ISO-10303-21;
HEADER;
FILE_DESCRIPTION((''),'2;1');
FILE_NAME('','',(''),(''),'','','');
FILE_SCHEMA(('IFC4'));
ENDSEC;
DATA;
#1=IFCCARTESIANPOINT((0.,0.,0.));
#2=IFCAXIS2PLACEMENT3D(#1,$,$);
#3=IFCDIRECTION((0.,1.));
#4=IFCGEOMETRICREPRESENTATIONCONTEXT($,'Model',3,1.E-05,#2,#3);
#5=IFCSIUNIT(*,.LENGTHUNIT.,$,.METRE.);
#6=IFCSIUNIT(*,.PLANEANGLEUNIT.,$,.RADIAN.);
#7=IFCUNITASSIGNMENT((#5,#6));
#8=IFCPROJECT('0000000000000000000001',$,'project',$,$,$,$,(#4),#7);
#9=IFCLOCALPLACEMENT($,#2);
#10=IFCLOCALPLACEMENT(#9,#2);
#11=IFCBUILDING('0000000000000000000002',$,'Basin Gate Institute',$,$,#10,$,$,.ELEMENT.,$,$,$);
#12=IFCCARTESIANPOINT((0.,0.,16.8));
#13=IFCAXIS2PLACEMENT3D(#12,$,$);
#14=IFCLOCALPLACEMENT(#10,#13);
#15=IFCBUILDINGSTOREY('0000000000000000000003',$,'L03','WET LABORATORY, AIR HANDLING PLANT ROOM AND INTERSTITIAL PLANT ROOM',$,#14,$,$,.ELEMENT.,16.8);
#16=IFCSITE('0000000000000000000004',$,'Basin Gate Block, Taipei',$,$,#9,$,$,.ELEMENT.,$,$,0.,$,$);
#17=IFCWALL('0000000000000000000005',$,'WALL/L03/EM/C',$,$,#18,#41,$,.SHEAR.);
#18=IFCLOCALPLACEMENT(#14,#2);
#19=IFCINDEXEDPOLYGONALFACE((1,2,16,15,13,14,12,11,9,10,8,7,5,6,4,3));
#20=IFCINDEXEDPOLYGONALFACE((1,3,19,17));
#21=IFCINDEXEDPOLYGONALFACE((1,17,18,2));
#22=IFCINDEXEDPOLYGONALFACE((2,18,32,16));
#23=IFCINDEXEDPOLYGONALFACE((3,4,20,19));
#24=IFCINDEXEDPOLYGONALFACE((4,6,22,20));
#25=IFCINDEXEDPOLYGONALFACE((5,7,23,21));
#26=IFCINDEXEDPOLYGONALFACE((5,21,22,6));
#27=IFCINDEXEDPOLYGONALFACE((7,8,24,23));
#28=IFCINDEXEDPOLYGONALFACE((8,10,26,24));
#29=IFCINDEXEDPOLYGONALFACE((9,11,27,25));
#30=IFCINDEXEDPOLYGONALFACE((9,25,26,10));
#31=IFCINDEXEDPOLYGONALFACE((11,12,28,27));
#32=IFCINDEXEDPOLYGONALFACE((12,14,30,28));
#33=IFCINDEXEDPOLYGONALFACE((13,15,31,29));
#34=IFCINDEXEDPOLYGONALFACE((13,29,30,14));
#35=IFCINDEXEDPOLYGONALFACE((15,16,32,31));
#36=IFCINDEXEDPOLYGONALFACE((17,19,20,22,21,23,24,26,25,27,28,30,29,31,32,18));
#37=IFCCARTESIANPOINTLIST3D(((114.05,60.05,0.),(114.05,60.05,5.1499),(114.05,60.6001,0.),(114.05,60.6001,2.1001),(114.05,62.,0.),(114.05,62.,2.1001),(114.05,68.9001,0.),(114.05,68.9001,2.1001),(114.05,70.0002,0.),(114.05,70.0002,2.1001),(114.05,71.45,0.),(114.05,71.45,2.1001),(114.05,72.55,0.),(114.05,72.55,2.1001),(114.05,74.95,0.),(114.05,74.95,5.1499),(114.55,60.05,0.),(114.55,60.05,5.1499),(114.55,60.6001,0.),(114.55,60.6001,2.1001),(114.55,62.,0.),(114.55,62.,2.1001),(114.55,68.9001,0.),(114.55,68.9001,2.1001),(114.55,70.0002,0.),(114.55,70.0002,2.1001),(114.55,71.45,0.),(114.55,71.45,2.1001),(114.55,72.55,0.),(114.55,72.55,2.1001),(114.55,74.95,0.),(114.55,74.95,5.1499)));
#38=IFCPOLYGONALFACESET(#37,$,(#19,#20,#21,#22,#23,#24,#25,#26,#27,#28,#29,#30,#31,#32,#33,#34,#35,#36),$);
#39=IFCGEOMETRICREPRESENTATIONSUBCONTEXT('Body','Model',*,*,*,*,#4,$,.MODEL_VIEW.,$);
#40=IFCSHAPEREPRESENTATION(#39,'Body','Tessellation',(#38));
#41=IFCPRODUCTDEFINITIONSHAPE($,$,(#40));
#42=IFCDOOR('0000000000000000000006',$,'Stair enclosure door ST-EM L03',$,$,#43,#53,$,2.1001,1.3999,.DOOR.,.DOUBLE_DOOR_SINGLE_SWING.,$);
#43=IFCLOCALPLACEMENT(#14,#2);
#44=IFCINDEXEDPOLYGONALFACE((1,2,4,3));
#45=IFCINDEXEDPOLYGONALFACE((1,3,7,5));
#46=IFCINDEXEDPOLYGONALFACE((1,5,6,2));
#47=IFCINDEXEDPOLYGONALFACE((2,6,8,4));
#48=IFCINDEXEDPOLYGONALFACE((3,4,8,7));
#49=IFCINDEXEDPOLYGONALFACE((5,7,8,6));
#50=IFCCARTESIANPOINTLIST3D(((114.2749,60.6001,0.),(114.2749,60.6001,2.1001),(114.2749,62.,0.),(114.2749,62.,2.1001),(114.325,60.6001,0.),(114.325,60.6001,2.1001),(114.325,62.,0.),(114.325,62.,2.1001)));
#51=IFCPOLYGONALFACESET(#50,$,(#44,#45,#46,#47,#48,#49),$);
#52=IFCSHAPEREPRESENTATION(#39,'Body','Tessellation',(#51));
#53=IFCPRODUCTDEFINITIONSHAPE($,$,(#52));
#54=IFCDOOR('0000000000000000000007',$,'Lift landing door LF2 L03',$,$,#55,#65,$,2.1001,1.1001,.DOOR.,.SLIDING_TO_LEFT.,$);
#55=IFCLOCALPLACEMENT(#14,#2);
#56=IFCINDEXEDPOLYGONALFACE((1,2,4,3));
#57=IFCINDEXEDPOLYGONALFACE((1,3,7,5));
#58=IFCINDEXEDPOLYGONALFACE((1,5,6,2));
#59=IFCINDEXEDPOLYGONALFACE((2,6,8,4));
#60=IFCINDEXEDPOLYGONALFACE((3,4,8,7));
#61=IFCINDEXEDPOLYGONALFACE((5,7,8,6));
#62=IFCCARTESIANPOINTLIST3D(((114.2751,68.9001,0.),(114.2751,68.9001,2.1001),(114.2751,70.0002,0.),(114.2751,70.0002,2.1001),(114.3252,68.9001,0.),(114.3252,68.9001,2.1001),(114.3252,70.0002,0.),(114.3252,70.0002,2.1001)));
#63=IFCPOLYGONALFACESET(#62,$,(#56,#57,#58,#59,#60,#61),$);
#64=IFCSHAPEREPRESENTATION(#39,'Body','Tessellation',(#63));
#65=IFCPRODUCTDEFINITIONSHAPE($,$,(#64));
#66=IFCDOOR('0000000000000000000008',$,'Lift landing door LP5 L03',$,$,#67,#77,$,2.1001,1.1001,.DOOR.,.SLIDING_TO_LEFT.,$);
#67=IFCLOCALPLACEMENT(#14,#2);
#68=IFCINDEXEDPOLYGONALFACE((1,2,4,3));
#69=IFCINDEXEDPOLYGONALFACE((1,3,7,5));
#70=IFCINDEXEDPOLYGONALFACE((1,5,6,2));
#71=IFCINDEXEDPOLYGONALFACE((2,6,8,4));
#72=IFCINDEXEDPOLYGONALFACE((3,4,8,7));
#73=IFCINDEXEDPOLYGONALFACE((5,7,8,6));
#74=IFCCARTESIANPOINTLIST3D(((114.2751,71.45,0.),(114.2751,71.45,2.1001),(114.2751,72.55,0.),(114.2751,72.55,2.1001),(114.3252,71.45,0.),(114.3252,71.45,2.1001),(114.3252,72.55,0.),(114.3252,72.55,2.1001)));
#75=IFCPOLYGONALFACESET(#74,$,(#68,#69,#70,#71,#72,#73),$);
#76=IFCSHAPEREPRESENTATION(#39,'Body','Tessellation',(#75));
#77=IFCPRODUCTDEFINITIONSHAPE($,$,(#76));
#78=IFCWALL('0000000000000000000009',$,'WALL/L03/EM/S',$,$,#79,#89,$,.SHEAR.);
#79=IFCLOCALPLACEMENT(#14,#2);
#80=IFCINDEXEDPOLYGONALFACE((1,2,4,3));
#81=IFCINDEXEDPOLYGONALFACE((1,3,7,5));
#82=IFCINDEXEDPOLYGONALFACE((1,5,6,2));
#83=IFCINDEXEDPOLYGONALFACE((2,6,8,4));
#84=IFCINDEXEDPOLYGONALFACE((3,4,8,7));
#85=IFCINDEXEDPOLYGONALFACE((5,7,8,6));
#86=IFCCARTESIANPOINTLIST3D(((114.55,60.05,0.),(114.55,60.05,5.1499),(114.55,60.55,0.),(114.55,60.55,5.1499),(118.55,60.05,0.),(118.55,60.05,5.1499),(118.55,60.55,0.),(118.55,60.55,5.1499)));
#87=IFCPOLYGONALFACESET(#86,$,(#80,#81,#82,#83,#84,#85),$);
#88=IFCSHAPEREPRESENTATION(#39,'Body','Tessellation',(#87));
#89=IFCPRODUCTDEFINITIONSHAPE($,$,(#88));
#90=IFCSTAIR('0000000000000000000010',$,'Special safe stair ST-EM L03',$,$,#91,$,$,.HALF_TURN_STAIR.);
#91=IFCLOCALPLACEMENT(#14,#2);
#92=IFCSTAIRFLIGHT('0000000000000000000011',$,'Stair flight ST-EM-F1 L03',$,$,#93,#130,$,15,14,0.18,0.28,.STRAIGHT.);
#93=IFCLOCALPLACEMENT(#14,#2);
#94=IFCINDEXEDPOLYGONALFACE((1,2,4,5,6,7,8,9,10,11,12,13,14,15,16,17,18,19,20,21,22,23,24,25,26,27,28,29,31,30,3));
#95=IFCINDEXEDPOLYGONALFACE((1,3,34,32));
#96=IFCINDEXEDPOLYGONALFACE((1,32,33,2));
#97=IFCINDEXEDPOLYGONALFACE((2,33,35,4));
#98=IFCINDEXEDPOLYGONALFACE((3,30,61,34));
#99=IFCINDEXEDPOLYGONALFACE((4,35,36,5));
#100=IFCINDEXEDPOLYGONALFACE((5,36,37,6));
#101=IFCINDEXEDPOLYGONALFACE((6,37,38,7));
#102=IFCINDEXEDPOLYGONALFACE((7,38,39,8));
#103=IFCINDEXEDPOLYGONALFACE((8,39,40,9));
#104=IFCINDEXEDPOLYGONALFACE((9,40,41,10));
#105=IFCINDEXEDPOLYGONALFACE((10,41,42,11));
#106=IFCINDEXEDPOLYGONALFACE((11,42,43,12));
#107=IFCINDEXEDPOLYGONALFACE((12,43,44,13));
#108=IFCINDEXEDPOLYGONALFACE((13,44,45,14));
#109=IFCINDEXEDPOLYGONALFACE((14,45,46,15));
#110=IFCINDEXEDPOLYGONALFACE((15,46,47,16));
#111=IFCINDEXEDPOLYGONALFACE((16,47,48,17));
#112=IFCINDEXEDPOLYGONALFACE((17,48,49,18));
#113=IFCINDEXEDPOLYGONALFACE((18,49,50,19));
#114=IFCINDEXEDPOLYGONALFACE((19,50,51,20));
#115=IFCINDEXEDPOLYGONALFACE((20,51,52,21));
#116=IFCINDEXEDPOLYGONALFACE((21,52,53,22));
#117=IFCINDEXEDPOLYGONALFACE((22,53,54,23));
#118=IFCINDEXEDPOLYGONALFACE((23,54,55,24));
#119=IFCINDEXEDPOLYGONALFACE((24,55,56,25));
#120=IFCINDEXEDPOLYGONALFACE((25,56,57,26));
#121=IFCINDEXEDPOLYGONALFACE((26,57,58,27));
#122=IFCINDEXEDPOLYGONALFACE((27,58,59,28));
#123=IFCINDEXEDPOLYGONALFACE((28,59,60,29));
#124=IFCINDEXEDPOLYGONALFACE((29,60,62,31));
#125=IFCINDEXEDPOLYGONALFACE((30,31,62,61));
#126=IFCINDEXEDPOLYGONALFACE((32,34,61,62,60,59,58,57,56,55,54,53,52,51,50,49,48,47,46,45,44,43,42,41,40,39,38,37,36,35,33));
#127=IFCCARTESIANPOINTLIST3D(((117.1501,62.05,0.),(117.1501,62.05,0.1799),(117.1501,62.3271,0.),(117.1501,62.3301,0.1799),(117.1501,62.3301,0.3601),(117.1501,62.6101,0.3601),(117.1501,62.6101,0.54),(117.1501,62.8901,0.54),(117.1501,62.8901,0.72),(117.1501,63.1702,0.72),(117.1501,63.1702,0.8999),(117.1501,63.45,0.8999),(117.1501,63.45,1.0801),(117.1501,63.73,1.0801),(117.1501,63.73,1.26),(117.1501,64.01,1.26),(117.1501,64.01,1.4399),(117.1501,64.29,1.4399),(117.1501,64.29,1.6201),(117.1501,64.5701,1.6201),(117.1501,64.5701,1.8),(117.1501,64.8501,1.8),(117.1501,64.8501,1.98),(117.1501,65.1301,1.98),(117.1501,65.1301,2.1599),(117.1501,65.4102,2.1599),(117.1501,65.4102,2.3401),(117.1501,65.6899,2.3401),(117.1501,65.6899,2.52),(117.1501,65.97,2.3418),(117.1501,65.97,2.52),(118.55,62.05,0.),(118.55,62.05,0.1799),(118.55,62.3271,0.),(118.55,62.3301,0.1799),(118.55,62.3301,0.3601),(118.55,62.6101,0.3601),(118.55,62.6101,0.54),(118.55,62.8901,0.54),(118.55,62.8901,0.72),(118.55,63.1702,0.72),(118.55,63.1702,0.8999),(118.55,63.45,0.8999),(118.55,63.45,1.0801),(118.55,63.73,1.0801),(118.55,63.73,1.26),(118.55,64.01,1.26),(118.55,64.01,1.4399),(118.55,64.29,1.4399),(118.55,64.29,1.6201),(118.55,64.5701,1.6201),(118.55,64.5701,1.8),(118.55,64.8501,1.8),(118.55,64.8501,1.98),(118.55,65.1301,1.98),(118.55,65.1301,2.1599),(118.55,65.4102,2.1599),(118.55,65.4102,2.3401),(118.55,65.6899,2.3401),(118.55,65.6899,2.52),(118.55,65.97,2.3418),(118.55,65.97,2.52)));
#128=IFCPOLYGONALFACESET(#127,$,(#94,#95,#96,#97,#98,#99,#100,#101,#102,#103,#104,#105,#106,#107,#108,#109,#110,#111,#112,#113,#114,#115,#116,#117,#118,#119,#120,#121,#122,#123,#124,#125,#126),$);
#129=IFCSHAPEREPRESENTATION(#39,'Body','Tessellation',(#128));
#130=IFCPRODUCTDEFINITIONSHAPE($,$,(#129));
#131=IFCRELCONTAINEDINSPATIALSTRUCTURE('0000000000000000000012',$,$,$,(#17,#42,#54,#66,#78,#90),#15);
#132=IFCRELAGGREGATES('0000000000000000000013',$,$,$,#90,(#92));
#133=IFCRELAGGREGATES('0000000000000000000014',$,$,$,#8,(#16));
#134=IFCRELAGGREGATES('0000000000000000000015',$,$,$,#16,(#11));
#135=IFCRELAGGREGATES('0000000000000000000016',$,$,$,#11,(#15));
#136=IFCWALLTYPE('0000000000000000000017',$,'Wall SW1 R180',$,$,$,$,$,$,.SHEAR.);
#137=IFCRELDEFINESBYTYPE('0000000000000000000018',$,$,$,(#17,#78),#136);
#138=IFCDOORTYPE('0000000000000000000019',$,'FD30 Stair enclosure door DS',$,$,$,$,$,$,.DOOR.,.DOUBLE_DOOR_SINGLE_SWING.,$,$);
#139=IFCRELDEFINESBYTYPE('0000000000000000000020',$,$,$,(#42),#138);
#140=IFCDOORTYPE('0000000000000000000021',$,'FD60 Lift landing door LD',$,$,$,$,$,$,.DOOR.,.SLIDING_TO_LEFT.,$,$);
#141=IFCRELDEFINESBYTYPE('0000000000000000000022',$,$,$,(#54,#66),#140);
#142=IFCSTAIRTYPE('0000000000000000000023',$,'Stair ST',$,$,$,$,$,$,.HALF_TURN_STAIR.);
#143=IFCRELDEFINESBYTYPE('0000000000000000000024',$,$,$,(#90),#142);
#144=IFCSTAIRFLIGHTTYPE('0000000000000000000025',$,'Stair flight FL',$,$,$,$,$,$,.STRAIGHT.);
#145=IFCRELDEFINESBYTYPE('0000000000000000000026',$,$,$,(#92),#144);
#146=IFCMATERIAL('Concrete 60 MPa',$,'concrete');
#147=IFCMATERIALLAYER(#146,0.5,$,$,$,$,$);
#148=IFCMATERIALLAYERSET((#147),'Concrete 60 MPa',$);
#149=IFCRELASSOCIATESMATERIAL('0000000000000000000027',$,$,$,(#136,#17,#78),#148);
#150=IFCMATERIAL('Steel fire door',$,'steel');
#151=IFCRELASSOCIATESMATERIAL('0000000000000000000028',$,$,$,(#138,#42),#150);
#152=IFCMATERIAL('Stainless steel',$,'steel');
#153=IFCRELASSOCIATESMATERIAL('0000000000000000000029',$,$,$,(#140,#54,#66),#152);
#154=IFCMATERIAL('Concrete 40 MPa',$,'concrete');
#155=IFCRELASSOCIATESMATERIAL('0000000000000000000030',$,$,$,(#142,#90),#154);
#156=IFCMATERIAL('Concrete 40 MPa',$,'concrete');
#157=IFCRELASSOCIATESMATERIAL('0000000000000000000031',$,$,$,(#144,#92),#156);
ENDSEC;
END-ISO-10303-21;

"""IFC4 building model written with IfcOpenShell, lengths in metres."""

from ifc_helpers import new_model, si_unit, direction, frame, frame_2d, origin, place, context, subcontext, project, spatial, polyline, rectangle, outline, extrude, material, layer, layer_set, type_object, element, fill, aggregate, save


model = new_model("IFC4")

# Units and contexts
model_context = context("Model", 3, precision=1e-05, world=origin(), true_north=direction((0.0, 1.0)))
body_context = subcontext(model_context, "Body", "Model", "MODEL_VIEW")
ifc_project = project(units=[si_unit("LENGTHUNIT", "METRE"), si_unit("PLANEANGLEUNIT", "RADIAN")], contexts=[model_context])

# Site, building, storey
site_placement = place(None, origin())
site = spatial("IfcSite", under=ifc_project, at=site_placement, Name="Basin Gate Block, Taipei", CompositionType="ELEMENT", RefElevation=0.0)
building_placement = place(site_placement, origin())
building = spatial("IfcBuilding", under=site, at=building_placement, Name="Basin Gate Institute", CompositionType="ELEMENT")
storey_placement = place(building_placement, frame((0.0, 0.0, 16.8)))
storey = spatial("IfcBuildingStorey", under=building, at=storey_placement, Name="L03", Description="WET LABORATORY, AIR HANDLING PLANT ROOM AND INTERSTITIAL PLANT ROOM", CompositionType="ELEMENT", Elevation=16.8)

# Wall, openings, doors
ifc_material_1 = material(Name="Concrete 60 MPa", Category="concrete")
ifc_layer_1 = layer(ifc_material_1, 0.5)
ifc_layer_set_1 = layer_set([ifc_layer_1], Name="Concrete 60 MPa")
wall_type_1 = type_object("IfcWallType", Name="Wall SW1 R180", PredefinedType="SHEAR", material=ifc_layer_set_1)
wall_1_placement = place(storey_placement, frame((114.3, 60.05, 0.0), z_axis=(0.0, 0.0, 1.0), x_axis=(0.0, 1.0, 0.0)))
wall_1 = element("IfcWall", 1, at=wall_1_placement, inside=storey, type_object=wall_type_1, material=ifc_layer_set_1, Name="WALL/L03/EM/C", PredefinedType="SHEAR", context=body_context, shape_type="SweptSolid", body=[
    extrude(rectangle(XDim=14.8999, YDim=0.5, at=frame_2d((7.45, 0.0))), origin(), (0.0, 0.0, 1.0), 5.1499),
])
opening_1_placement = place(wall_1_placement, frame((0.55, 0.0, 0.0)))
opening_1 = element("IfcOpeningElement", 2, at=opening_1_placement, cuts=wall_1, PredefinedType="OPENING", context=body_context, shape_type="SweptSolid", body=[
    extrude(rectangle(XDim=1.3999, YDim=2.1001, at=frame_2d((0.7, 1.05))), frame((0.0, 0.26, 0.0), z_axis=(0.0, -1.0, 0.0), x_axis=(1.0, 0.0, 0.0)), (0.0, 0.0, 1.0), 0.52),
])
opening_2_placement = place(wall_1_placement, frame((8.8501, 0.0, 0.0)))
opening_2 = element("IfcOpeningElement", 3, at=opening_2_placement, cuts=wall_1, PredefinedType="OPENING", context=body_context, shape_type="SweptSolid", body=[
    extrude(rectangle(XDim=1.1001, YDim=2.1001, at=frame_2d((0.55, 1.05))), frame((0.0, 0.26, 0.0), z_axis=(0.0, -1.0, 0.0), x_axis=(1.0, 0.0, 0.0)), (0.0, 0.0, 1.0), 0.52),
])
opening_3_placement = place(wall_1_placement, frame((11.3999, 0.0, 0.0)))
opening_3 = element("IfcOpeningElement", 4, at=opening_3_placement, cuts=wall_1, PredefinedType="OPENING", context=body_context, shape_type="SweptSolid", body=[
    extrude(rectangle(XDim=1.1001, YDim=2.1001, at=frame_2d((0.55, 1.05))), frame((0.0, 0.26, 0.0), z_axis=(0.0, -1.0, 0.0), x_axis=(1.0, 0.0, 0.0)), (0.0, 0.0, 1.0), 0.52),
])
ifc_material_2 = material(Name="Steel fire door", Category="steel")
door_type_1 = type_object("IfcDoorType", Name="FD30 Stair enclosure door DS", OperationType="DOUBLE_DOOR_SINGLE_SWING", PredefinedType="DOOR", material=ifc_material_2)
door_1_placement = place(opening_1_placement, frame((1.3999, 0.0, 0.0), z_axis=(0.0, 0.0, 1.0), x_axis=(-1.0, 0.0, 0.0)))
door_1 = element("IfcDoor", 5, at=door_1_placement, inside=storey, type_object=door_type_1, material=ifc_material_2, Name="Stair enclosure door ST-EM L03", OperationType="DOUBLE_DOOR_SINGLE_SWING", OverallHeight=2.1001, OverallWidth=1.3999, PredefinedType="DOOR", context=body_context, shape_type="SweptSolid", body=[
    extrude(rectangle(XDim=1.3999, YDim=2.1001, at=frame_2d((0.7, 1.05))), frame((0.0, 0.0249, 0.0), z_axis=(0.0, -1.0, 0.0), x_axis=(1.0, 0.0, 0.0)), (0.0, 0.0, 1.0), 0.05),
])
fill(opening_1, door_1)
ifc_material_3 = material(Name="Stainless steel", Category="steel")
door_type_2 = type_object("IfcDoorType", Name="FD60 Lift landing door LD", OperationType="SLIDING_TO_LEFT", PredefinedType="DOOR", material=ifc_material_3)
door_2_placement = place(opening_2_placement, origin())
door_2 = element("IfcDoor", 6, at=door_2_placement, inside=storey, type_object=door_type_2, material=ifc_material_3, Name="Lift landing door LF2 L03", OperationType="SLIDING_TO_LEFT", OverallHeight=2.1001, OverallWidth=1.1001, PredefinedType="DOOR", context=body_context, shape_type="SweptSolid", body=[
    extrude(rectangle(XDim=1.1001, YDim=2.1001, at=frame_2d((0.55, 1.05))), frame((0.0, 0.0249, 0.0), z_axis=(0.0, -1.0, 0.0), x_axis=(1.0, 0.0, 0.0)), (0.0, 0.0, 1.0), 0.05),
])
fill(opening_2, door_2)
door_3_placement = place(opening_3_placement, origin())
door_3 = element("IfcDoor", 7, at=door_3_placement, inside=storey, type_object=door_type_2, material=ifc_material_3, Name="Lift landing door LP5 L03", OperationType="SLIDING_TO_LEFT", OverallHeight=2.1001, OverallWidth=1.1001, PredefinedType="DOOR", context=body_context, shape_type="SweptSolid", body=[
    extrude(rectangle(XDim=1.1001, YDim=2.1001, at=frame_2d((0.55, 1.05))), frame((0.0, 0.0249, 0.0), z_axis=(0.0, -1.0, 0.0), x_axis=(1.0, 0.0, 0.0)), (0.0, 0.0, 1.0), 0.05),
])
fill(opening_3, door_3)

# Wall
wall_2_placement = place(storey_placement, frame((118.55, 60.3, 0.0), z_axis=(0.0, 0.0, 1.0), x_axis=(-1.0, 0.0, 0.0)))
element("IfcWall", 8, at=wall_2_placement, inside=storey, type_object=wall_type_1, material=ifc_layer_set_1, Name="WALL/L03/EM/S", PredefinedType="SHEAR", context=body_context, shape_type="SweptSolid", body=[
    extrude(rectangle(XDim=4.0, YDim=0.5, at=frame_2d((2.0, 0.0))), origin(), (0.0, 0.0, 1.0), 5.1499),
])

# Stair, stair flight
ifc_material_4 = material(Name="Concrete 40 MPa", Category="concrete")
stair_type = type_object("IfcStairType", Name="Stair ST", PredefinedType="HALF_TURN_STAIR", material=ifc_material_4)
stair_placement = place(storey_placement, origin())
stair = element("IfcStair", 9, at=stair_placement, inside=storey, type_object=stair_type, material=ifc_material_4, Name="Special safe stair ST-EM L03", PredefinedType="HALF_TURN_STAIR")
ifc_material_5 = material(Name="Concrete 40 MPa", Category="concrete")
stair_flight_type = type_object("IfcStairFlightType", Name="Stair flight FL", PredefinedType="STRAIGHT", material=ifc_material_5)
stair_flight_placement = place(storey_placement, frame((117.8501, 62.05, 0.0), z_axis=(0.0, 0.0, 1.0), x_axis=(0.0, 1.0, 0.0)))
stair_flight = element("IfcStairFlight", 10, at=stair_flight_placement, type_object=stair_flight_type, material=ifc_material_5, Name="Stair flight ST-EM-F1 L03", NumberOfRisers=15, NumberOfTreads=14, PredefinedType="STRAIGHT", RiserHeight=0.18, TreadLength=0.28, context=body_context, shape_type="SweptSolid", body=[
    extrude(outline(polyline([(0.0, 0.0), (0.0, 0.1799), (0.28, 0.1799), (0.28, 0.3601), (0.5601, 0.3601), (0.5601, 0.54), (0.8401, 0.54), (0.8401, 0.72), (1.1201, 0.72), (1.1201, 0.8999), (1.3999, 0.8999), (1.3999, 1.0801), (1.6799, 1.0801), (1.6799, 1.26), (1.96, 1.26), (1.96, 1.4399), (2.24, 1.4399), (2.24, 1.6201), (2.52, 1.6201), (2.52, 1.8), (2.8, 1.8), (2.8, 1.98), (3.0801, 1.98), (3.0801, 2.1599), (3.3601, 2.1599), (3.3601, 2.3401), (3.6399, 2.3401), (3.6399, 2.52), (3.9199, 2.52), (3.9199, 2.7), (3.9199, 2.3418), (0.2771, 0.0), (0.0, 0.0)])), frame((0.0, 0.7, 0.0), z_axis=(0.0, -1.0, 0.0), x_axis=(1.0, 0.0, 0.0)), (0.0, 0.0, 1.0), 1.3999),
])
aggregate(stair, [stair_flight])

save(model, "model.ifc")
